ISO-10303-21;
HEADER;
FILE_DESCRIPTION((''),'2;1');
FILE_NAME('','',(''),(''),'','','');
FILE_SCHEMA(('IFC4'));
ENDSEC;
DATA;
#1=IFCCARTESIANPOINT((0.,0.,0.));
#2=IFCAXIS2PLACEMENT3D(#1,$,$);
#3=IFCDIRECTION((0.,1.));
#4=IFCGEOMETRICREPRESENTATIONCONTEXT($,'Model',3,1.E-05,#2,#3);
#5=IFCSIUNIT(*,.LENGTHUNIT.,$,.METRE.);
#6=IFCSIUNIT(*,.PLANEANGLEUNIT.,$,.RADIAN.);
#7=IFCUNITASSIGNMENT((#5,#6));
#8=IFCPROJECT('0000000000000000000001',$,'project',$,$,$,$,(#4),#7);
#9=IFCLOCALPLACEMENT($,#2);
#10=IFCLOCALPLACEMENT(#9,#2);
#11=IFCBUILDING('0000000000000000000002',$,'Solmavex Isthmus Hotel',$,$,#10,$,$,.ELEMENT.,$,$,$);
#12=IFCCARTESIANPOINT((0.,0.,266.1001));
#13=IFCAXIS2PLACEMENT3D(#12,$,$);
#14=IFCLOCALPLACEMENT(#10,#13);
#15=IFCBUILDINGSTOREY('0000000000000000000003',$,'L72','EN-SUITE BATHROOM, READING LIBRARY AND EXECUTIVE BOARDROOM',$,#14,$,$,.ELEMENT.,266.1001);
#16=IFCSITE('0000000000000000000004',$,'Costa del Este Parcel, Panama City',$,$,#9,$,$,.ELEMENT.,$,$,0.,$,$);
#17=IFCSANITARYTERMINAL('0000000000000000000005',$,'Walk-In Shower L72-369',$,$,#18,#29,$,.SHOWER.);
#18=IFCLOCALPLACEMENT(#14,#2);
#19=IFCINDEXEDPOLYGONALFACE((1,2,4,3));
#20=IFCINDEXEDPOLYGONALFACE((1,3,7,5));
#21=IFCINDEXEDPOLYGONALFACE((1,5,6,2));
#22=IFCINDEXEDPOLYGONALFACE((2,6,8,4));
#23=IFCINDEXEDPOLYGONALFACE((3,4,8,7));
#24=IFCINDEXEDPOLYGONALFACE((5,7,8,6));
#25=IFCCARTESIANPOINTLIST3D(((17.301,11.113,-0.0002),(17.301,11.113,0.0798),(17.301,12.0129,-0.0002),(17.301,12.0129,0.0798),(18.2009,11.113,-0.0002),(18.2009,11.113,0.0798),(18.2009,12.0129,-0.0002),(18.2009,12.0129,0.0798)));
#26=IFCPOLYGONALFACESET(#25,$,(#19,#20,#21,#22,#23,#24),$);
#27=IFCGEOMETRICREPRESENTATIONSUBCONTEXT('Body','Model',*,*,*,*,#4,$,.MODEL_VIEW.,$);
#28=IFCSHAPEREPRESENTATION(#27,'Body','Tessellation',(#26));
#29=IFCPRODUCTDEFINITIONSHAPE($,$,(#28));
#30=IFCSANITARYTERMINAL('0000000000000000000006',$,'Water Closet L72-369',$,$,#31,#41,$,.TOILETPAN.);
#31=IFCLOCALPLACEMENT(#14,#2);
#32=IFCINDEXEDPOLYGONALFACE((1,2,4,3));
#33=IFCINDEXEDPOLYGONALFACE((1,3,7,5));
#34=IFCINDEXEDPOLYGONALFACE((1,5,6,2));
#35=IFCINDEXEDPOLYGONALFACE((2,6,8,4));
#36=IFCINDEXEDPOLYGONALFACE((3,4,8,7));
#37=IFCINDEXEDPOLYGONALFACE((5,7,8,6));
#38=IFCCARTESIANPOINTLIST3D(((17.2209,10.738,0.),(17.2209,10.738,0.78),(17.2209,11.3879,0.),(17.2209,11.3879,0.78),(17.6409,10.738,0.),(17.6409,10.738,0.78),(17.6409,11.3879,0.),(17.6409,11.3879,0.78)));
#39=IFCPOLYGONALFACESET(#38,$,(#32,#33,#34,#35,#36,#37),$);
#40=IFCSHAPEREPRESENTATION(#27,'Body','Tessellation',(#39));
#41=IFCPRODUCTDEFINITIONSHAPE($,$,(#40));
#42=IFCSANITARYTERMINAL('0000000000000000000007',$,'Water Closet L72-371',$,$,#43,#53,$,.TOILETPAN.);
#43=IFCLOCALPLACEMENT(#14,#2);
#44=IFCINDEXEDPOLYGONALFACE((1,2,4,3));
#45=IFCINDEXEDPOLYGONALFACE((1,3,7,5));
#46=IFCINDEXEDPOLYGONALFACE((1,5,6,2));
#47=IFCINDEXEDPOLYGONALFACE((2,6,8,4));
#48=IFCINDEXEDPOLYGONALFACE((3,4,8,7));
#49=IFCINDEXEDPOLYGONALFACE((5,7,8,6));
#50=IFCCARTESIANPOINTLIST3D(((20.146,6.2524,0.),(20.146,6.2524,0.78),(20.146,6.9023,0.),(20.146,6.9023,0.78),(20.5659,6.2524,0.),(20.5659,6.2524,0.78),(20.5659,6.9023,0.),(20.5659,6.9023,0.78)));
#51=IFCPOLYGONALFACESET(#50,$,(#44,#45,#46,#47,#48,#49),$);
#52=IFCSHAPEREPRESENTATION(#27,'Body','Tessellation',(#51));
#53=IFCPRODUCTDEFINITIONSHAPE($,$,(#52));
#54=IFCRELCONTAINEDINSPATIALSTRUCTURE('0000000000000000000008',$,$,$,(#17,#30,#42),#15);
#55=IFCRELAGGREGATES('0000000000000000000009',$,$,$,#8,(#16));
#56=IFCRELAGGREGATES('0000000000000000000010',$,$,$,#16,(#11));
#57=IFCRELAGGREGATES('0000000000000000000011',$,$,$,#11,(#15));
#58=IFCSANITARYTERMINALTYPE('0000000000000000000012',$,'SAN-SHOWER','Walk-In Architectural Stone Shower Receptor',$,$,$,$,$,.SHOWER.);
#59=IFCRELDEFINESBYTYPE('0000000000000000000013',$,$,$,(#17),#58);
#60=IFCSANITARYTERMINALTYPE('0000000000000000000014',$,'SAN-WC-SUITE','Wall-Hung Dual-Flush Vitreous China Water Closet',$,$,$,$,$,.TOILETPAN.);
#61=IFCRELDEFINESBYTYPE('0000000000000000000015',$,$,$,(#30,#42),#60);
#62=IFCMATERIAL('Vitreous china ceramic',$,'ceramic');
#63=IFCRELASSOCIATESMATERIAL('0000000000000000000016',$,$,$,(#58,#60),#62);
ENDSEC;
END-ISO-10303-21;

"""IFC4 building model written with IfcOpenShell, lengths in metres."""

from ifc_helpers import new_model, si_unit, direction, frame, origin, origin_2d, place, context, subcontext, project, spatial, rectangle, extrude, material, type_object, element, save


model = new_model("IFC4")

# Units and contexts
model_context = context("Model", 3, precision=1e-05, world=origin(), true_north=direction((0.0, 1.0)))
body_context = subcontext(model_context, "Body", "Model", "MODEL_VIEW")
ifc_project = project(units=[si_unit("LENGTHUNIT", "METRE"), si_unit("PLANEANGLEUNIT", "RADIAN")], contexts=[model_context])

# Site, building, storey
site_placement = place(None, origin())
site = spatial("IfcSite", under=ifc_project, at=site_placement, Name="Costa del Este Parcel, Panama City", CompositionType="ELEMENT", RefElevation=0.0)
building_placement = place(site_placement, origin())
building = spatial("IfcBuilding", under=site, at=building_placement, Name="Solmavex Isthmus Hotel", CompositionType="ELEMENT")
storey_placement = place(building_placement, frame((0.0, 0.0, 266.1001)))
storey = spatial("IfcBuildingStorey", under=building, at=storey_placement, Name="L72", Description="EN-SUITE BATHROOM, READING LIBRARY AND EXECUTIVE BOARDROOM", CompositionType="ELEMENT", Elevation=266.1001)

# Sanitary terminals
ifc_material_1 = material(Name="Vitreous china ceramic", Category="ceramic")
sanitary_terminal_type_1 = type_object("IfcSanitaryTerminalType", Name="SAN-SHOWER", Description="Walk-In Architectural Stone Shower Receptor", PredefinedType="SHOWER", material=ifc_material_1)
sanitary_terminal_placement = place(storey_placement, frame((17.751, 11.563, -0.0002), z_axis=(0.0, 0.0, 1.0), x_axis=(1.0, 0.0, 0.0)))
element("IfcSanitaryTerminal", 1, at=sanitary_terminal_placement, inside=storey, type_object=sanitary_terminal_type_1, Name="Walk-In Shower L72-369", PredefinedType="SHOWER", context=body_context, shape_type="SweptSolid", body=[
    extrude(rectangle(XDim=0.8999, YDim=0.8999, at=origin_2d()), origin(), (0.0, 0.0, 1.0), 0.0801),
])
sanitary_terminal_type_2 = type_object("IfcSanitaryTerminalType", Name="SAN-WC-SUITE", Description="Wall-Hung Dual-Flush Vitreous China Water Closet", PredefinedType="TOILETPAN", material=ifc_material_1)
for number, where, z_axis, x_axis, name in (
    (2, (17.4309, 11.063, 0.0), (0.0, 0.0, 1.0), (1.0, 0.0, 0.0), "Water Closet L72-369"),
    (3, (20.356, 6.5774, 0.0), (0.0, 0.0, 1.0), (1.0, 0.0, 0.0), "Water Closet L72-371"),
):
    element("IfcSanitaryTerminal", number, at=place(storey_placement, frame(where, z_axis=z_axis, x_axis=x_axis)), inside=storey, type_object=sanitary_terminal_type_2, Name=name, PredefinedType="TOILETPAN", context=body_context, shape_type="SweptSolid", body=[
        extrude(rectangle(XDim=0.4199, YDim=0.6499, at=origin_2d()), origin(), (0.0, 0.0, 1.0), 0.78),
    ])

save(model, "model.ifc")
